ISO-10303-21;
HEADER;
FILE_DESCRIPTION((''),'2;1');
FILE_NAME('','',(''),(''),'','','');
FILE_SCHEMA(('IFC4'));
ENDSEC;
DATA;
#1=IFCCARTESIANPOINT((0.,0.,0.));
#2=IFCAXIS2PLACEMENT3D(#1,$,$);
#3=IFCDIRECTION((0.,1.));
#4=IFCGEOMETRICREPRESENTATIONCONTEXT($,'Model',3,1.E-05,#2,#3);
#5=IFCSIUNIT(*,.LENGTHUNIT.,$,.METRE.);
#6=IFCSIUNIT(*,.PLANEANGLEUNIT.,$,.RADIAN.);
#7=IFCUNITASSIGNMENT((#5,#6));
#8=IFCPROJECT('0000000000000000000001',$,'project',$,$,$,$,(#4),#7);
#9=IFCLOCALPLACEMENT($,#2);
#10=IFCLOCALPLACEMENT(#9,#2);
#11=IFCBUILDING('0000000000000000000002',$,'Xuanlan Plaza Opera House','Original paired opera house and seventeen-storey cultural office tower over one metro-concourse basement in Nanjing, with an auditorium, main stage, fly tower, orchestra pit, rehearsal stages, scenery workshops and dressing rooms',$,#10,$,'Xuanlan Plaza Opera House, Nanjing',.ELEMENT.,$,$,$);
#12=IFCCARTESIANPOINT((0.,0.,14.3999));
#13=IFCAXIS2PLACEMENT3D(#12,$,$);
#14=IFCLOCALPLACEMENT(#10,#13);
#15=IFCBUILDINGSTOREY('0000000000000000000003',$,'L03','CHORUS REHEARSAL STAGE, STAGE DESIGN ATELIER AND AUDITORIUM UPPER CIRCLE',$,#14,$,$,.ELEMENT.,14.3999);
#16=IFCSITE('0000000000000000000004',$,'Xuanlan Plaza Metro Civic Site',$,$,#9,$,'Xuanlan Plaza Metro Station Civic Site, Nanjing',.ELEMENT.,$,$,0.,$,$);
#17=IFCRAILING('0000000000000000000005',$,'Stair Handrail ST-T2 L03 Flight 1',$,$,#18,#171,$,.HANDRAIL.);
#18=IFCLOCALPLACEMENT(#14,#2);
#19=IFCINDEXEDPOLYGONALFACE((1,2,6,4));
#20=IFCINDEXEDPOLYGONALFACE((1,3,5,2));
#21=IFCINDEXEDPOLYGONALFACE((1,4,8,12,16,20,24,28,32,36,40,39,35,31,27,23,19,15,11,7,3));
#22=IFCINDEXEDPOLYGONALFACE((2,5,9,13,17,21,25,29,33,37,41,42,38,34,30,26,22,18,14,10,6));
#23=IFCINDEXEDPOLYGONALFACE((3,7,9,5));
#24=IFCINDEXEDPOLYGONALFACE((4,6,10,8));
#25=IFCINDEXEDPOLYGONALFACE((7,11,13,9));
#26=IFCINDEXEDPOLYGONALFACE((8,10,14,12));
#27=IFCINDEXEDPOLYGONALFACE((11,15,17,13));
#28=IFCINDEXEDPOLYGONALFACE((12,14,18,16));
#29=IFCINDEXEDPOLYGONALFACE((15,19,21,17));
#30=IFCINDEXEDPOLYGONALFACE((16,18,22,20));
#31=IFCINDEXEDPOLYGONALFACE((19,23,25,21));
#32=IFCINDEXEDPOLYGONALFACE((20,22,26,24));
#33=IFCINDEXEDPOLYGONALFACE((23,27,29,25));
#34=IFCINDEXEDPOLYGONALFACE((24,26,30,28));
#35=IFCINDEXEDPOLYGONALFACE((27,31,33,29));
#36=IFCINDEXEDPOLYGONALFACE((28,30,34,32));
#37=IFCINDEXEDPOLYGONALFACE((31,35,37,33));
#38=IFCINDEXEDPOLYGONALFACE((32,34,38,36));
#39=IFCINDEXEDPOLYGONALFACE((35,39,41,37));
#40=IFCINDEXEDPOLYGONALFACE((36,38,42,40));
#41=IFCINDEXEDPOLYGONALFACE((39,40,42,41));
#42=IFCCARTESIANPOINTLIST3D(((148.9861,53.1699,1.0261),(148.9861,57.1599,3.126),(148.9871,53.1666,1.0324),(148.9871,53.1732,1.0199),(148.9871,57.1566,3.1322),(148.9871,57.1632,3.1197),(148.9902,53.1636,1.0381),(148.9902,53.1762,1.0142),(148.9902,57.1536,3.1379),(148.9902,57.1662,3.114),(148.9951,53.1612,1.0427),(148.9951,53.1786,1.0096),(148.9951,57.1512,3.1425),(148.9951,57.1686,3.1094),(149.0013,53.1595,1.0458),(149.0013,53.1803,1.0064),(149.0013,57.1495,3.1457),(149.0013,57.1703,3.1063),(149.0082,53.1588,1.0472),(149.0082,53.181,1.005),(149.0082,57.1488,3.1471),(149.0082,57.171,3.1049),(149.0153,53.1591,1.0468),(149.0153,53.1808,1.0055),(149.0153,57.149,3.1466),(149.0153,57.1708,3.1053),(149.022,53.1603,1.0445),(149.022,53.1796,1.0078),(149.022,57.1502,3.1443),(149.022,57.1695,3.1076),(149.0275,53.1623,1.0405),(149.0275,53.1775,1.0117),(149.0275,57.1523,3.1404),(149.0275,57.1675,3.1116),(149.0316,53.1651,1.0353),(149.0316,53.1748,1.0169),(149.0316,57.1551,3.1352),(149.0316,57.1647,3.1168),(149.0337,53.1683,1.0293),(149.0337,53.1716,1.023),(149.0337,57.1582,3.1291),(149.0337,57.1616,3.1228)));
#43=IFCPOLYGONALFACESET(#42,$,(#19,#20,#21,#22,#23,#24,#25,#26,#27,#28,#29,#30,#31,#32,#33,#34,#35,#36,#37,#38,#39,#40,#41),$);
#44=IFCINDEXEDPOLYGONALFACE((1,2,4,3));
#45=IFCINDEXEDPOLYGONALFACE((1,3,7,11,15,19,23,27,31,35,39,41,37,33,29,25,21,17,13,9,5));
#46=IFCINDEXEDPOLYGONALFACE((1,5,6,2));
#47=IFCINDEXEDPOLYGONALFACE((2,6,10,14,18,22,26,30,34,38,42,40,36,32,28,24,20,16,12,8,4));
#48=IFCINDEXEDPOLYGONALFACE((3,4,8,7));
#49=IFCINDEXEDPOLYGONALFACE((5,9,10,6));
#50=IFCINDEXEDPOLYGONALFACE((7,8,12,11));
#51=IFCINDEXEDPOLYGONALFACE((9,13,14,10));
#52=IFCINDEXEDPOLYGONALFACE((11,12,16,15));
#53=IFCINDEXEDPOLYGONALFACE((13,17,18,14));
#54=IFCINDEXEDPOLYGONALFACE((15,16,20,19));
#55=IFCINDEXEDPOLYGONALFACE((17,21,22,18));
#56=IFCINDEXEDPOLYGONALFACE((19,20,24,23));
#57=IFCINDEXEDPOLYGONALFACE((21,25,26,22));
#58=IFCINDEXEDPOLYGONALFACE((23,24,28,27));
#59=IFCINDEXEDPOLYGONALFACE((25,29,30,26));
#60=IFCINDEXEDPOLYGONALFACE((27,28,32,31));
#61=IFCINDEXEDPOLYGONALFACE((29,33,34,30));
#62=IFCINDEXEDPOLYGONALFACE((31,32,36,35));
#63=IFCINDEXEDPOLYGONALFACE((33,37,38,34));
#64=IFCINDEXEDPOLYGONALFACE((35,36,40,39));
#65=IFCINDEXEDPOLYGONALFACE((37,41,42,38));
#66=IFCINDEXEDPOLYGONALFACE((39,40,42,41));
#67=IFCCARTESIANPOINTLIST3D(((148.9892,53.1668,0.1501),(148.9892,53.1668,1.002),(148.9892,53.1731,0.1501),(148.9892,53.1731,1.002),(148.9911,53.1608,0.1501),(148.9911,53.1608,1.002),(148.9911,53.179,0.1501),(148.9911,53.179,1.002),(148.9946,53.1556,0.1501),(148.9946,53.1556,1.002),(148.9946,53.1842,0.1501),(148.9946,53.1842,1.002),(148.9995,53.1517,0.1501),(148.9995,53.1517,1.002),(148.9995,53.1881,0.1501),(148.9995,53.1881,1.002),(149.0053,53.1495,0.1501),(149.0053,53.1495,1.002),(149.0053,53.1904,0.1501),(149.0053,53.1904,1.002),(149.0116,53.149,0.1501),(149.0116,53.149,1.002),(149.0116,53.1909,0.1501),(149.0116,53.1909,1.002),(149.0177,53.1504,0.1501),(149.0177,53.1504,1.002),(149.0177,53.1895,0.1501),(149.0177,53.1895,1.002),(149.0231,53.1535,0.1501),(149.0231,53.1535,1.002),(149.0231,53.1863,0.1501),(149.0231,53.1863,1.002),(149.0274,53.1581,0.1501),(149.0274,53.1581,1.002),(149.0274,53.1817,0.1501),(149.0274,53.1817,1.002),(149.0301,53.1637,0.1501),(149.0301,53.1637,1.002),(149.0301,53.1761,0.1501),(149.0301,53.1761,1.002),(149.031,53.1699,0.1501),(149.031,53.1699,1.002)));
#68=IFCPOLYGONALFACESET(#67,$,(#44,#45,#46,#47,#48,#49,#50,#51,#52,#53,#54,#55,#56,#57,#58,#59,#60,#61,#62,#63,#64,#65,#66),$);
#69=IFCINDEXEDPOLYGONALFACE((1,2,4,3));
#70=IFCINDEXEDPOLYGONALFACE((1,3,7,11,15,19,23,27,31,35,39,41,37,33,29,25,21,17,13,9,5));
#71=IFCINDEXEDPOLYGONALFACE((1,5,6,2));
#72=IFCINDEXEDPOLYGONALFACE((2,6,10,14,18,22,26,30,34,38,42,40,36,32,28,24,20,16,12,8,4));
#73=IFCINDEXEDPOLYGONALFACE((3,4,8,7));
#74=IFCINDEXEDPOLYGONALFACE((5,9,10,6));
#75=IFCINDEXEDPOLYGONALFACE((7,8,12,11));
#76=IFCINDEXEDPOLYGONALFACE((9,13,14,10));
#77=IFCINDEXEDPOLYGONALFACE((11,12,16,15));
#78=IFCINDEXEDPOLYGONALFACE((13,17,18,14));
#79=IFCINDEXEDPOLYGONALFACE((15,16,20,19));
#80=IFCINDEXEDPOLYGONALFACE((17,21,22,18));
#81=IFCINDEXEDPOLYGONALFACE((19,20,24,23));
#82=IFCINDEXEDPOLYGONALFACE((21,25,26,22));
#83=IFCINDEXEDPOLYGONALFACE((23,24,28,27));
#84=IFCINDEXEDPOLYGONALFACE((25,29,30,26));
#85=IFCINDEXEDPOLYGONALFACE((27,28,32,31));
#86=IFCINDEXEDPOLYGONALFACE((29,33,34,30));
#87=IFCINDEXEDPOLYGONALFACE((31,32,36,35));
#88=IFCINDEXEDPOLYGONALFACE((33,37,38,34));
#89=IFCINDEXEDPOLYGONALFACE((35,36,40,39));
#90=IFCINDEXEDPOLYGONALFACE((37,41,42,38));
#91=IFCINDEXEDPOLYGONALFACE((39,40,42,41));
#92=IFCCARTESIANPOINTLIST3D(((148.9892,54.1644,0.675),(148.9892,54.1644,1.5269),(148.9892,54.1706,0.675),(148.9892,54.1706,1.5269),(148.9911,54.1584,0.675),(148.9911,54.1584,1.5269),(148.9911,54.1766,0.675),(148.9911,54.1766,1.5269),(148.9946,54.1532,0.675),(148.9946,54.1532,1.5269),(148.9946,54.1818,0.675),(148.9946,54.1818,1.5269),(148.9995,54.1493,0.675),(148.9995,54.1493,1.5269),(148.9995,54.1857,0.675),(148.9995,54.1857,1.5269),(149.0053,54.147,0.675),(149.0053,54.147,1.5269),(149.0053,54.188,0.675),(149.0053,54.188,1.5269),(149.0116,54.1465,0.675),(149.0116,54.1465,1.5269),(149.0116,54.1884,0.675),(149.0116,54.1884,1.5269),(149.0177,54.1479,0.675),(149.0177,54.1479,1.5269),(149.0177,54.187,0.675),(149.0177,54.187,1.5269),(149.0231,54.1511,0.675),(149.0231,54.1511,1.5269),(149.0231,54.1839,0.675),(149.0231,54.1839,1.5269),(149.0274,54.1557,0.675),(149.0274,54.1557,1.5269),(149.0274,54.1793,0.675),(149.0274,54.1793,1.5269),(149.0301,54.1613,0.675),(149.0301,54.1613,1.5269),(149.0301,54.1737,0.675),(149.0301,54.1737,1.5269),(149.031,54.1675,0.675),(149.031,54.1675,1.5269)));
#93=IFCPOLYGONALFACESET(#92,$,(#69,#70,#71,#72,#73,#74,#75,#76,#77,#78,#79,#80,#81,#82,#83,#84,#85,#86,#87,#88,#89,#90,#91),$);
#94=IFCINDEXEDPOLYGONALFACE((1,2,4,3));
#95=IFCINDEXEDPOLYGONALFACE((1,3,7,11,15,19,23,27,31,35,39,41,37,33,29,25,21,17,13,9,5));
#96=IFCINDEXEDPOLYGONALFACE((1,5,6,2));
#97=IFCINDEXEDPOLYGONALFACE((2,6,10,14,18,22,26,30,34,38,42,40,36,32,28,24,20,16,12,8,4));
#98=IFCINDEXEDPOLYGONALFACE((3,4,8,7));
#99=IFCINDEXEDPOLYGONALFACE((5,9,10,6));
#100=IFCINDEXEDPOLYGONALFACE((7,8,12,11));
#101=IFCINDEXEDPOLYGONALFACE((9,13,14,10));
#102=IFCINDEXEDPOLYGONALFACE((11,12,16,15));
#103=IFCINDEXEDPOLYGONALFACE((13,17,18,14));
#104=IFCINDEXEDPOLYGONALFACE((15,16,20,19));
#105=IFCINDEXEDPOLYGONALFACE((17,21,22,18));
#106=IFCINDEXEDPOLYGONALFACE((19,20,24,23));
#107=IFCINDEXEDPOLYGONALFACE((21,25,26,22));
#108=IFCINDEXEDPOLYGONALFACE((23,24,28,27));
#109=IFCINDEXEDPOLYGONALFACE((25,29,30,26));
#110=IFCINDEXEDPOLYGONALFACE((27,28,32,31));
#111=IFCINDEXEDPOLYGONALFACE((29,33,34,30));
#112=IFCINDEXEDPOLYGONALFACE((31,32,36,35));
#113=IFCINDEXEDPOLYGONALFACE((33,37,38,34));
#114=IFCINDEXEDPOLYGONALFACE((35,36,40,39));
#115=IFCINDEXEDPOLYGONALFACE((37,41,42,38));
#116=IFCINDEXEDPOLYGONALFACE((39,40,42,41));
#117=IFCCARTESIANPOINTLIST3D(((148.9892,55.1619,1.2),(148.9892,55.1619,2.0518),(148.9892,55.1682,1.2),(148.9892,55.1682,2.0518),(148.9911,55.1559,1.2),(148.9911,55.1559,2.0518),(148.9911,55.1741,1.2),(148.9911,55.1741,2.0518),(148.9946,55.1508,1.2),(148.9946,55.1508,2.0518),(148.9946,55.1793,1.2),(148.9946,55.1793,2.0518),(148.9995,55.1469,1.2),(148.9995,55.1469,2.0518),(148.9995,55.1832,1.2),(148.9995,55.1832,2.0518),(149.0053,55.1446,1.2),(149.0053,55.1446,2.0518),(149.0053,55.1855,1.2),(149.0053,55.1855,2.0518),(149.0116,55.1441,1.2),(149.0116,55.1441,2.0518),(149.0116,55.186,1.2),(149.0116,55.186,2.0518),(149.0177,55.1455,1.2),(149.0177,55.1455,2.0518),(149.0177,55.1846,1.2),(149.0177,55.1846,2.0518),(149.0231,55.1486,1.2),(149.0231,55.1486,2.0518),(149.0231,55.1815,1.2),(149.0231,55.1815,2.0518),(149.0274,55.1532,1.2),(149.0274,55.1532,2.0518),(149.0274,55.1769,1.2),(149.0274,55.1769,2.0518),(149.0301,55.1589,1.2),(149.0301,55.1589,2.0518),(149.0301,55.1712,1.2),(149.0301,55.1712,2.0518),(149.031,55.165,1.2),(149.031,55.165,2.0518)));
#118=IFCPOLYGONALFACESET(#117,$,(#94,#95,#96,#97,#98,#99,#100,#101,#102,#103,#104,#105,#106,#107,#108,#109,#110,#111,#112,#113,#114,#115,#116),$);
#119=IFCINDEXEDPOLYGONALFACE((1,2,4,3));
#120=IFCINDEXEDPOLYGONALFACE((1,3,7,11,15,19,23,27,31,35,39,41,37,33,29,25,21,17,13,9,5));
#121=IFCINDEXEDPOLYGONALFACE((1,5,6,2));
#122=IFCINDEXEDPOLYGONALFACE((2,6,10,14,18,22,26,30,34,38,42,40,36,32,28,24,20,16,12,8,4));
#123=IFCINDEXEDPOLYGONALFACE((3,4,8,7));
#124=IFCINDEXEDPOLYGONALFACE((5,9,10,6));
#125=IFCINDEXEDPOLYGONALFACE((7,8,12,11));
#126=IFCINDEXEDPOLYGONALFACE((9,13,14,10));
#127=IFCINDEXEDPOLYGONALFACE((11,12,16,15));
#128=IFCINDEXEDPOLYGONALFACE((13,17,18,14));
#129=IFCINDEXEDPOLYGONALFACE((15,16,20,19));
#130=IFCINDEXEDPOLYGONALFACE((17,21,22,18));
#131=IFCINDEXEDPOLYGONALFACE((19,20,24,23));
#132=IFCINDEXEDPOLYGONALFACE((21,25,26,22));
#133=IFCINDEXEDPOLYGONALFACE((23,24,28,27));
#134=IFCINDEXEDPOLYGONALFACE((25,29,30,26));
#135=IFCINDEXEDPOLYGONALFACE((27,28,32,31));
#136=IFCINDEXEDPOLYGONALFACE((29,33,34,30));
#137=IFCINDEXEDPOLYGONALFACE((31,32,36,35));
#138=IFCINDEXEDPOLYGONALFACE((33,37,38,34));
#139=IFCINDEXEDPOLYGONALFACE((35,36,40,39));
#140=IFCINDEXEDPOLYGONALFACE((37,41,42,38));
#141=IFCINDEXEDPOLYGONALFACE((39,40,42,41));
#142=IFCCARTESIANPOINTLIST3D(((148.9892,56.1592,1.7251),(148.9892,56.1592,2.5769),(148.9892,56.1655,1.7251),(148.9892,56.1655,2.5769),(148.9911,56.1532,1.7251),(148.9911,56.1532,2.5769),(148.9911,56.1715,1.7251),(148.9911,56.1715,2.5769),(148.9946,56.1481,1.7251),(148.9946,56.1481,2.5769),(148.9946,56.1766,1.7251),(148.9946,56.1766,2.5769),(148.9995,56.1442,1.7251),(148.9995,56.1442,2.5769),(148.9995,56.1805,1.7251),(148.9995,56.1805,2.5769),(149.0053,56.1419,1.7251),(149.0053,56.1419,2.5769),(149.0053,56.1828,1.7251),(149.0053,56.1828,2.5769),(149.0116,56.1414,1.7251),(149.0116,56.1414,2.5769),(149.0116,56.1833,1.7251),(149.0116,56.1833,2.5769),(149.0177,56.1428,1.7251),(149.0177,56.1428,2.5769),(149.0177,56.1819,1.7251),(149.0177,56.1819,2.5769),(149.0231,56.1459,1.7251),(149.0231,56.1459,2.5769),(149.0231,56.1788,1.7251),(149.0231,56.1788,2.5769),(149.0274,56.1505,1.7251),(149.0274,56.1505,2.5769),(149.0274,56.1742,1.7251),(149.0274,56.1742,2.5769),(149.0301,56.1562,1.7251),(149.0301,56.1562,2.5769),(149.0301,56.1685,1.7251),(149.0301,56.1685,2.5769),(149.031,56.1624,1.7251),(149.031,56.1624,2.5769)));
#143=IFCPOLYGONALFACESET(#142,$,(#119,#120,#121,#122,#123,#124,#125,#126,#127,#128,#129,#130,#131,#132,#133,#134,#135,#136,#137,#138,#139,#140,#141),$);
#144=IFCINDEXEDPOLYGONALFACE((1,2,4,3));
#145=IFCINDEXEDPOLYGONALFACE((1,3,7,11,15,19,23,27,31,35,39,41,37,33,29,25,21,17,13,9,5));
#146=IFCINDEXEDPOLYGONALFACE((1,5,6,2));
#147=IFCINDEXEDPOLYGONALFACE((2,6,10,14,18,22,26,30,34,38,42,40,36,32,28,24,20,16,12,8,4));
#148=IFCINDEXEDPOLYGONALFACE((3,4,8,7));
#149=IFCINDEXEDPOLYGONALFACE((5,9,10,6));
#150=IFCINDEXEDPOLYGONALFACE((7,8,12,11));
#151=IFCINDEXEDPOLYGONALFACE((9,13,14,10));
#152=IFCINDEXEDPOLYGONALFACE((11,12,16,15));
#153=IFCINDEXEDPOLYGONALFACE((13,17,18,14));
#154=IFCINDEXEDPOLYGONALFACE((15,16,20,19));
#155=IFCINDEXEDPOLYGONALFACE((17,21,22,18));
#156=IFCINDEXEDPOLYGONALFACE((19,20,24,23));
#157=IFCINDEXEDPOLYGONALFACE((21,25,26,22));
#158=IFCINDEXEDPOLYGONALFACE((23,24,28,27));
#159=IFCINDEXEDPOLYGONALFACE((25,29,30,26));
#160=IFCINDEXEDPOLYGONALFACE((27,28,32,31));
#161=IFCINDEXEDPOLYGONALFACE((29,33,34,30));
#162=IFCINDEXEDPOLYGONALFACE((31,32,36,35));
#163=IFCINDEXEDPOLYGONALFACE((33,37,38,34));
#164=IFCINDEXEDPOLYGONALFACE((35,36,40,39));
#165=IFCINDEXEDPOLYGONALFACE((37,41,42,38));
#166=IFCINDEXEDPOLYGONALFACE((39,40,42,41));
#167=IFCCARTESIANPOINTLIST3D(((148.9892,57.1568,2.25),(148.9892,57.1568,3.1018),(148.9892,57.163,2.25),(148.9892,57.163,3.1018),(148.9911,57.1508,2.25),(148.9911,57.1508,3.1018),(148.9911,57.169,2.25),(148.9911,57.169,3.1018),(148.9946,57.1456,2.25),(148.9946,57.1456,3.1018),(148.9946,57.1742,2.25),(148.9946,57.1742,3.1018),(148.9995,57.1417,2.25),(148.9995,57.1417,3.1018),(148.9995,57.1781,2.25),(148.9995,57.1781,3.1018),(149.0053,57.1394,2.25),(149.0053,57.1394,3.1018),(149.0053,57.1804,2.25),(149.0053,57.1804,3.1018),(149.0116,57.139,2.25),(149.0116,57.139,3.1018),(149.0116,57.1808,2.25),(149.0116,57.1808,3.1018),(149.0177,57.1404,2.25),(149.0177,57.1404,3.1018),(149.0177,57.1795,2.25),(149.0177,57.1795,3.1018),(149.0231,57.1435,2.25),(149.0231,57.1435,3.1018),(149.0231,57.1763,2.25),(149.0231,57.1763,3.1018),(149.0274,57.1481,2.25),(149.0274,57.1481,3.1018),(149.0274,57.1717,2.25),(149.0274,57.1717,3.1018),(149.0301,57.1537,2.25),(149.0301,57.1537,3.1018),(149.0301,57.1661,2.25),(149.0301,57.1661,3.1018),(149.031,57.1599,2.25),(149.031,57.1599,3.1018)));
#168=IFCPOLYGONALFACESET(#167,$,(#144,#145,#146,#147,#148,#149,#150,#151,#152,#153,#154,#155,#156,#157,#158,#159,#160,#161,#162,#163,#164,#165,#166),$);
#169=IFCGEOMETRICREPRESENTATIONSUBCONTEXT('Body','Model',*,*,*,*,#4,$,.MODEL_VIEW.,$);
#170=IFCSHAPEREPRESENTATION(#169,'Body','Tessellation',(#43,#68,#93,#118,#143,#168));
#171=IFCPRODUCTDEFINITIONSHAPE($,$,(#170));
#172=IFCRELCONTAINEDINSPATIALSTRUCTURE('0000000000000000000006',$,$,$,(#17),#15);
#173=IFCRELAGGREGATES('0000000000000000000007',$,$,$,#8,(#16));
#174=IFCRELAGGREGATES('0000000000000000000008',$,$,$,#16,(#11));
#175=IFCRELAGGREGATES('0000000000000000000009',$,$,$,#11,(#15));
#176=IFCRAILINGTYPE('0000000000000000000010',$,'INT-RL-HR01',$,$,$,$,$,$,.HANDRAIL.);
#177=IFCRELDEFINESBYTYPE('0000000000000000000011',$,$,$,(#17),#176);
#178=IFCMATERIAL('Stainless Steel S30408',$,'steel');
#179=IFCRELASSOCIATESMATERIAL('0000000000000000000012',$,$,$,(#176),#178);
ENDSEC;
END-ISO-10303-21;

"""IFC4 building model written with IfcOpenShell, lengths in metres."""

from ifc_helpers import new_model, si_unit, direction, frame, origin, origin_2d, place, context, subcontext, project, spatial, circle, extrude, material, type_object, element, save


model = new_model("IFC4")

# Units and contexts
model_context = context("Model", 3, precision=1e-05, world=origin(), true_north=direction((0.0, 1.0)))
body_context = subcontext(model_context, "Body", "Model", "MODEL_VIEW")
ifc_project = project(units=[si_unit("LENGTHUNIT", "METRE"), si_unit("PLANEANGLEUNIT", "RADIAN")], contexts=[model_context])

# Site, building, storey
site_placement = place(None, origin())
site = spatial("IfcSite", under=ifc_project, at=site_placement, Name="Xuanlan Plaza Metro Civic Site", LongName="Xuanlan Plaza Metro Station Civic Site, Nanjing", CompositionType="ELEMENT", RefElevation=0.0)
building_placement = place(site_placement, origin())
building = spatial("IfcBuilding", under=site, at=building_placement, Name="Xuanlan Plaza Opera House", Description="Original paired opera house and seventeen-storey cultural office tower over one metro-concourse basement in Nanjing, with an auditorium, main stage, fly tower, orchestra pit, rehearsal stages, scenery workshops and dressing rooms", LongName="Xuanlan Plaza Opera House, Nanjing", CompositionType="ELEMENT")
storey_placement = place(building_placement, frame((0.0, 0.0, 14.3999)))
storey = spatial("IfcBuildingStorey", under=building, at=storey_placement, Name="L03", Description="CHORUS REHEARSAL STAGE, STAGE DESIGN ATELIER AND AUDITORIUM UPPER CIRCLE", CompositionType="ELEMENT", Elevation=14.3999)

# Railing
ifc_material_1 = material(Name="Stainless Steel S30408", Category="steel")
railing_type = type_object("IfcRailingType", Name="INT-RL-HR01", PredefinedType="HANDRAIL", material=ifc_material_1)
railing_placement = place(storey_placement, frame((149.01, 53.1699, 0.1501)))
element("IfcRailing", 1, at=railing_placement, inside=storey, type_object=railing_type, Name="Stair Handrail ST-T2 L03 Flight 1", PredefinedType="HANDRAIL", context=body_context, shape_type="SweptSolid", body=[
    extrude(circle(Radius=0.0239, at=origin_2d()), frame((0.0, 0.0, 0.876), z_axis=(0.0, 0.884931, 0.465722), x_axis=(-1.0, 0.0, 0.0)), (0.0, 0.0, 1.0), 4.5088),
    extrude(circle(Radius=0.021, at=origin_2d()), origin(), (0.0, 0.0, 1.0), 0.8518),
    extrude(circle(Radius=0.021, at=origin_2d()), frame((0.0, 0.9976, 0.5249)), (0.0, 0.0, 1.0), 0.8518),
    extrude(circle(Radius=0.021, at=origin_2d()), frame((0.0, 1.9951, 1.0498)), (0.0, 0.0, 1.0), 0.8518),
    extrude(circle(Radius=0.021, at=origin_2d()), frame((0.0, 2.9924, 1.575)), (0.0, 0.0, 1.0), 0.8518),
    extrude(circle(Radius=0.021, at=origin_2d()), frame((0.0, 3.99, 2.0999)), (0.0, 0.0, 1.0), 0.8518),
])

save(model, "model.ifc")
